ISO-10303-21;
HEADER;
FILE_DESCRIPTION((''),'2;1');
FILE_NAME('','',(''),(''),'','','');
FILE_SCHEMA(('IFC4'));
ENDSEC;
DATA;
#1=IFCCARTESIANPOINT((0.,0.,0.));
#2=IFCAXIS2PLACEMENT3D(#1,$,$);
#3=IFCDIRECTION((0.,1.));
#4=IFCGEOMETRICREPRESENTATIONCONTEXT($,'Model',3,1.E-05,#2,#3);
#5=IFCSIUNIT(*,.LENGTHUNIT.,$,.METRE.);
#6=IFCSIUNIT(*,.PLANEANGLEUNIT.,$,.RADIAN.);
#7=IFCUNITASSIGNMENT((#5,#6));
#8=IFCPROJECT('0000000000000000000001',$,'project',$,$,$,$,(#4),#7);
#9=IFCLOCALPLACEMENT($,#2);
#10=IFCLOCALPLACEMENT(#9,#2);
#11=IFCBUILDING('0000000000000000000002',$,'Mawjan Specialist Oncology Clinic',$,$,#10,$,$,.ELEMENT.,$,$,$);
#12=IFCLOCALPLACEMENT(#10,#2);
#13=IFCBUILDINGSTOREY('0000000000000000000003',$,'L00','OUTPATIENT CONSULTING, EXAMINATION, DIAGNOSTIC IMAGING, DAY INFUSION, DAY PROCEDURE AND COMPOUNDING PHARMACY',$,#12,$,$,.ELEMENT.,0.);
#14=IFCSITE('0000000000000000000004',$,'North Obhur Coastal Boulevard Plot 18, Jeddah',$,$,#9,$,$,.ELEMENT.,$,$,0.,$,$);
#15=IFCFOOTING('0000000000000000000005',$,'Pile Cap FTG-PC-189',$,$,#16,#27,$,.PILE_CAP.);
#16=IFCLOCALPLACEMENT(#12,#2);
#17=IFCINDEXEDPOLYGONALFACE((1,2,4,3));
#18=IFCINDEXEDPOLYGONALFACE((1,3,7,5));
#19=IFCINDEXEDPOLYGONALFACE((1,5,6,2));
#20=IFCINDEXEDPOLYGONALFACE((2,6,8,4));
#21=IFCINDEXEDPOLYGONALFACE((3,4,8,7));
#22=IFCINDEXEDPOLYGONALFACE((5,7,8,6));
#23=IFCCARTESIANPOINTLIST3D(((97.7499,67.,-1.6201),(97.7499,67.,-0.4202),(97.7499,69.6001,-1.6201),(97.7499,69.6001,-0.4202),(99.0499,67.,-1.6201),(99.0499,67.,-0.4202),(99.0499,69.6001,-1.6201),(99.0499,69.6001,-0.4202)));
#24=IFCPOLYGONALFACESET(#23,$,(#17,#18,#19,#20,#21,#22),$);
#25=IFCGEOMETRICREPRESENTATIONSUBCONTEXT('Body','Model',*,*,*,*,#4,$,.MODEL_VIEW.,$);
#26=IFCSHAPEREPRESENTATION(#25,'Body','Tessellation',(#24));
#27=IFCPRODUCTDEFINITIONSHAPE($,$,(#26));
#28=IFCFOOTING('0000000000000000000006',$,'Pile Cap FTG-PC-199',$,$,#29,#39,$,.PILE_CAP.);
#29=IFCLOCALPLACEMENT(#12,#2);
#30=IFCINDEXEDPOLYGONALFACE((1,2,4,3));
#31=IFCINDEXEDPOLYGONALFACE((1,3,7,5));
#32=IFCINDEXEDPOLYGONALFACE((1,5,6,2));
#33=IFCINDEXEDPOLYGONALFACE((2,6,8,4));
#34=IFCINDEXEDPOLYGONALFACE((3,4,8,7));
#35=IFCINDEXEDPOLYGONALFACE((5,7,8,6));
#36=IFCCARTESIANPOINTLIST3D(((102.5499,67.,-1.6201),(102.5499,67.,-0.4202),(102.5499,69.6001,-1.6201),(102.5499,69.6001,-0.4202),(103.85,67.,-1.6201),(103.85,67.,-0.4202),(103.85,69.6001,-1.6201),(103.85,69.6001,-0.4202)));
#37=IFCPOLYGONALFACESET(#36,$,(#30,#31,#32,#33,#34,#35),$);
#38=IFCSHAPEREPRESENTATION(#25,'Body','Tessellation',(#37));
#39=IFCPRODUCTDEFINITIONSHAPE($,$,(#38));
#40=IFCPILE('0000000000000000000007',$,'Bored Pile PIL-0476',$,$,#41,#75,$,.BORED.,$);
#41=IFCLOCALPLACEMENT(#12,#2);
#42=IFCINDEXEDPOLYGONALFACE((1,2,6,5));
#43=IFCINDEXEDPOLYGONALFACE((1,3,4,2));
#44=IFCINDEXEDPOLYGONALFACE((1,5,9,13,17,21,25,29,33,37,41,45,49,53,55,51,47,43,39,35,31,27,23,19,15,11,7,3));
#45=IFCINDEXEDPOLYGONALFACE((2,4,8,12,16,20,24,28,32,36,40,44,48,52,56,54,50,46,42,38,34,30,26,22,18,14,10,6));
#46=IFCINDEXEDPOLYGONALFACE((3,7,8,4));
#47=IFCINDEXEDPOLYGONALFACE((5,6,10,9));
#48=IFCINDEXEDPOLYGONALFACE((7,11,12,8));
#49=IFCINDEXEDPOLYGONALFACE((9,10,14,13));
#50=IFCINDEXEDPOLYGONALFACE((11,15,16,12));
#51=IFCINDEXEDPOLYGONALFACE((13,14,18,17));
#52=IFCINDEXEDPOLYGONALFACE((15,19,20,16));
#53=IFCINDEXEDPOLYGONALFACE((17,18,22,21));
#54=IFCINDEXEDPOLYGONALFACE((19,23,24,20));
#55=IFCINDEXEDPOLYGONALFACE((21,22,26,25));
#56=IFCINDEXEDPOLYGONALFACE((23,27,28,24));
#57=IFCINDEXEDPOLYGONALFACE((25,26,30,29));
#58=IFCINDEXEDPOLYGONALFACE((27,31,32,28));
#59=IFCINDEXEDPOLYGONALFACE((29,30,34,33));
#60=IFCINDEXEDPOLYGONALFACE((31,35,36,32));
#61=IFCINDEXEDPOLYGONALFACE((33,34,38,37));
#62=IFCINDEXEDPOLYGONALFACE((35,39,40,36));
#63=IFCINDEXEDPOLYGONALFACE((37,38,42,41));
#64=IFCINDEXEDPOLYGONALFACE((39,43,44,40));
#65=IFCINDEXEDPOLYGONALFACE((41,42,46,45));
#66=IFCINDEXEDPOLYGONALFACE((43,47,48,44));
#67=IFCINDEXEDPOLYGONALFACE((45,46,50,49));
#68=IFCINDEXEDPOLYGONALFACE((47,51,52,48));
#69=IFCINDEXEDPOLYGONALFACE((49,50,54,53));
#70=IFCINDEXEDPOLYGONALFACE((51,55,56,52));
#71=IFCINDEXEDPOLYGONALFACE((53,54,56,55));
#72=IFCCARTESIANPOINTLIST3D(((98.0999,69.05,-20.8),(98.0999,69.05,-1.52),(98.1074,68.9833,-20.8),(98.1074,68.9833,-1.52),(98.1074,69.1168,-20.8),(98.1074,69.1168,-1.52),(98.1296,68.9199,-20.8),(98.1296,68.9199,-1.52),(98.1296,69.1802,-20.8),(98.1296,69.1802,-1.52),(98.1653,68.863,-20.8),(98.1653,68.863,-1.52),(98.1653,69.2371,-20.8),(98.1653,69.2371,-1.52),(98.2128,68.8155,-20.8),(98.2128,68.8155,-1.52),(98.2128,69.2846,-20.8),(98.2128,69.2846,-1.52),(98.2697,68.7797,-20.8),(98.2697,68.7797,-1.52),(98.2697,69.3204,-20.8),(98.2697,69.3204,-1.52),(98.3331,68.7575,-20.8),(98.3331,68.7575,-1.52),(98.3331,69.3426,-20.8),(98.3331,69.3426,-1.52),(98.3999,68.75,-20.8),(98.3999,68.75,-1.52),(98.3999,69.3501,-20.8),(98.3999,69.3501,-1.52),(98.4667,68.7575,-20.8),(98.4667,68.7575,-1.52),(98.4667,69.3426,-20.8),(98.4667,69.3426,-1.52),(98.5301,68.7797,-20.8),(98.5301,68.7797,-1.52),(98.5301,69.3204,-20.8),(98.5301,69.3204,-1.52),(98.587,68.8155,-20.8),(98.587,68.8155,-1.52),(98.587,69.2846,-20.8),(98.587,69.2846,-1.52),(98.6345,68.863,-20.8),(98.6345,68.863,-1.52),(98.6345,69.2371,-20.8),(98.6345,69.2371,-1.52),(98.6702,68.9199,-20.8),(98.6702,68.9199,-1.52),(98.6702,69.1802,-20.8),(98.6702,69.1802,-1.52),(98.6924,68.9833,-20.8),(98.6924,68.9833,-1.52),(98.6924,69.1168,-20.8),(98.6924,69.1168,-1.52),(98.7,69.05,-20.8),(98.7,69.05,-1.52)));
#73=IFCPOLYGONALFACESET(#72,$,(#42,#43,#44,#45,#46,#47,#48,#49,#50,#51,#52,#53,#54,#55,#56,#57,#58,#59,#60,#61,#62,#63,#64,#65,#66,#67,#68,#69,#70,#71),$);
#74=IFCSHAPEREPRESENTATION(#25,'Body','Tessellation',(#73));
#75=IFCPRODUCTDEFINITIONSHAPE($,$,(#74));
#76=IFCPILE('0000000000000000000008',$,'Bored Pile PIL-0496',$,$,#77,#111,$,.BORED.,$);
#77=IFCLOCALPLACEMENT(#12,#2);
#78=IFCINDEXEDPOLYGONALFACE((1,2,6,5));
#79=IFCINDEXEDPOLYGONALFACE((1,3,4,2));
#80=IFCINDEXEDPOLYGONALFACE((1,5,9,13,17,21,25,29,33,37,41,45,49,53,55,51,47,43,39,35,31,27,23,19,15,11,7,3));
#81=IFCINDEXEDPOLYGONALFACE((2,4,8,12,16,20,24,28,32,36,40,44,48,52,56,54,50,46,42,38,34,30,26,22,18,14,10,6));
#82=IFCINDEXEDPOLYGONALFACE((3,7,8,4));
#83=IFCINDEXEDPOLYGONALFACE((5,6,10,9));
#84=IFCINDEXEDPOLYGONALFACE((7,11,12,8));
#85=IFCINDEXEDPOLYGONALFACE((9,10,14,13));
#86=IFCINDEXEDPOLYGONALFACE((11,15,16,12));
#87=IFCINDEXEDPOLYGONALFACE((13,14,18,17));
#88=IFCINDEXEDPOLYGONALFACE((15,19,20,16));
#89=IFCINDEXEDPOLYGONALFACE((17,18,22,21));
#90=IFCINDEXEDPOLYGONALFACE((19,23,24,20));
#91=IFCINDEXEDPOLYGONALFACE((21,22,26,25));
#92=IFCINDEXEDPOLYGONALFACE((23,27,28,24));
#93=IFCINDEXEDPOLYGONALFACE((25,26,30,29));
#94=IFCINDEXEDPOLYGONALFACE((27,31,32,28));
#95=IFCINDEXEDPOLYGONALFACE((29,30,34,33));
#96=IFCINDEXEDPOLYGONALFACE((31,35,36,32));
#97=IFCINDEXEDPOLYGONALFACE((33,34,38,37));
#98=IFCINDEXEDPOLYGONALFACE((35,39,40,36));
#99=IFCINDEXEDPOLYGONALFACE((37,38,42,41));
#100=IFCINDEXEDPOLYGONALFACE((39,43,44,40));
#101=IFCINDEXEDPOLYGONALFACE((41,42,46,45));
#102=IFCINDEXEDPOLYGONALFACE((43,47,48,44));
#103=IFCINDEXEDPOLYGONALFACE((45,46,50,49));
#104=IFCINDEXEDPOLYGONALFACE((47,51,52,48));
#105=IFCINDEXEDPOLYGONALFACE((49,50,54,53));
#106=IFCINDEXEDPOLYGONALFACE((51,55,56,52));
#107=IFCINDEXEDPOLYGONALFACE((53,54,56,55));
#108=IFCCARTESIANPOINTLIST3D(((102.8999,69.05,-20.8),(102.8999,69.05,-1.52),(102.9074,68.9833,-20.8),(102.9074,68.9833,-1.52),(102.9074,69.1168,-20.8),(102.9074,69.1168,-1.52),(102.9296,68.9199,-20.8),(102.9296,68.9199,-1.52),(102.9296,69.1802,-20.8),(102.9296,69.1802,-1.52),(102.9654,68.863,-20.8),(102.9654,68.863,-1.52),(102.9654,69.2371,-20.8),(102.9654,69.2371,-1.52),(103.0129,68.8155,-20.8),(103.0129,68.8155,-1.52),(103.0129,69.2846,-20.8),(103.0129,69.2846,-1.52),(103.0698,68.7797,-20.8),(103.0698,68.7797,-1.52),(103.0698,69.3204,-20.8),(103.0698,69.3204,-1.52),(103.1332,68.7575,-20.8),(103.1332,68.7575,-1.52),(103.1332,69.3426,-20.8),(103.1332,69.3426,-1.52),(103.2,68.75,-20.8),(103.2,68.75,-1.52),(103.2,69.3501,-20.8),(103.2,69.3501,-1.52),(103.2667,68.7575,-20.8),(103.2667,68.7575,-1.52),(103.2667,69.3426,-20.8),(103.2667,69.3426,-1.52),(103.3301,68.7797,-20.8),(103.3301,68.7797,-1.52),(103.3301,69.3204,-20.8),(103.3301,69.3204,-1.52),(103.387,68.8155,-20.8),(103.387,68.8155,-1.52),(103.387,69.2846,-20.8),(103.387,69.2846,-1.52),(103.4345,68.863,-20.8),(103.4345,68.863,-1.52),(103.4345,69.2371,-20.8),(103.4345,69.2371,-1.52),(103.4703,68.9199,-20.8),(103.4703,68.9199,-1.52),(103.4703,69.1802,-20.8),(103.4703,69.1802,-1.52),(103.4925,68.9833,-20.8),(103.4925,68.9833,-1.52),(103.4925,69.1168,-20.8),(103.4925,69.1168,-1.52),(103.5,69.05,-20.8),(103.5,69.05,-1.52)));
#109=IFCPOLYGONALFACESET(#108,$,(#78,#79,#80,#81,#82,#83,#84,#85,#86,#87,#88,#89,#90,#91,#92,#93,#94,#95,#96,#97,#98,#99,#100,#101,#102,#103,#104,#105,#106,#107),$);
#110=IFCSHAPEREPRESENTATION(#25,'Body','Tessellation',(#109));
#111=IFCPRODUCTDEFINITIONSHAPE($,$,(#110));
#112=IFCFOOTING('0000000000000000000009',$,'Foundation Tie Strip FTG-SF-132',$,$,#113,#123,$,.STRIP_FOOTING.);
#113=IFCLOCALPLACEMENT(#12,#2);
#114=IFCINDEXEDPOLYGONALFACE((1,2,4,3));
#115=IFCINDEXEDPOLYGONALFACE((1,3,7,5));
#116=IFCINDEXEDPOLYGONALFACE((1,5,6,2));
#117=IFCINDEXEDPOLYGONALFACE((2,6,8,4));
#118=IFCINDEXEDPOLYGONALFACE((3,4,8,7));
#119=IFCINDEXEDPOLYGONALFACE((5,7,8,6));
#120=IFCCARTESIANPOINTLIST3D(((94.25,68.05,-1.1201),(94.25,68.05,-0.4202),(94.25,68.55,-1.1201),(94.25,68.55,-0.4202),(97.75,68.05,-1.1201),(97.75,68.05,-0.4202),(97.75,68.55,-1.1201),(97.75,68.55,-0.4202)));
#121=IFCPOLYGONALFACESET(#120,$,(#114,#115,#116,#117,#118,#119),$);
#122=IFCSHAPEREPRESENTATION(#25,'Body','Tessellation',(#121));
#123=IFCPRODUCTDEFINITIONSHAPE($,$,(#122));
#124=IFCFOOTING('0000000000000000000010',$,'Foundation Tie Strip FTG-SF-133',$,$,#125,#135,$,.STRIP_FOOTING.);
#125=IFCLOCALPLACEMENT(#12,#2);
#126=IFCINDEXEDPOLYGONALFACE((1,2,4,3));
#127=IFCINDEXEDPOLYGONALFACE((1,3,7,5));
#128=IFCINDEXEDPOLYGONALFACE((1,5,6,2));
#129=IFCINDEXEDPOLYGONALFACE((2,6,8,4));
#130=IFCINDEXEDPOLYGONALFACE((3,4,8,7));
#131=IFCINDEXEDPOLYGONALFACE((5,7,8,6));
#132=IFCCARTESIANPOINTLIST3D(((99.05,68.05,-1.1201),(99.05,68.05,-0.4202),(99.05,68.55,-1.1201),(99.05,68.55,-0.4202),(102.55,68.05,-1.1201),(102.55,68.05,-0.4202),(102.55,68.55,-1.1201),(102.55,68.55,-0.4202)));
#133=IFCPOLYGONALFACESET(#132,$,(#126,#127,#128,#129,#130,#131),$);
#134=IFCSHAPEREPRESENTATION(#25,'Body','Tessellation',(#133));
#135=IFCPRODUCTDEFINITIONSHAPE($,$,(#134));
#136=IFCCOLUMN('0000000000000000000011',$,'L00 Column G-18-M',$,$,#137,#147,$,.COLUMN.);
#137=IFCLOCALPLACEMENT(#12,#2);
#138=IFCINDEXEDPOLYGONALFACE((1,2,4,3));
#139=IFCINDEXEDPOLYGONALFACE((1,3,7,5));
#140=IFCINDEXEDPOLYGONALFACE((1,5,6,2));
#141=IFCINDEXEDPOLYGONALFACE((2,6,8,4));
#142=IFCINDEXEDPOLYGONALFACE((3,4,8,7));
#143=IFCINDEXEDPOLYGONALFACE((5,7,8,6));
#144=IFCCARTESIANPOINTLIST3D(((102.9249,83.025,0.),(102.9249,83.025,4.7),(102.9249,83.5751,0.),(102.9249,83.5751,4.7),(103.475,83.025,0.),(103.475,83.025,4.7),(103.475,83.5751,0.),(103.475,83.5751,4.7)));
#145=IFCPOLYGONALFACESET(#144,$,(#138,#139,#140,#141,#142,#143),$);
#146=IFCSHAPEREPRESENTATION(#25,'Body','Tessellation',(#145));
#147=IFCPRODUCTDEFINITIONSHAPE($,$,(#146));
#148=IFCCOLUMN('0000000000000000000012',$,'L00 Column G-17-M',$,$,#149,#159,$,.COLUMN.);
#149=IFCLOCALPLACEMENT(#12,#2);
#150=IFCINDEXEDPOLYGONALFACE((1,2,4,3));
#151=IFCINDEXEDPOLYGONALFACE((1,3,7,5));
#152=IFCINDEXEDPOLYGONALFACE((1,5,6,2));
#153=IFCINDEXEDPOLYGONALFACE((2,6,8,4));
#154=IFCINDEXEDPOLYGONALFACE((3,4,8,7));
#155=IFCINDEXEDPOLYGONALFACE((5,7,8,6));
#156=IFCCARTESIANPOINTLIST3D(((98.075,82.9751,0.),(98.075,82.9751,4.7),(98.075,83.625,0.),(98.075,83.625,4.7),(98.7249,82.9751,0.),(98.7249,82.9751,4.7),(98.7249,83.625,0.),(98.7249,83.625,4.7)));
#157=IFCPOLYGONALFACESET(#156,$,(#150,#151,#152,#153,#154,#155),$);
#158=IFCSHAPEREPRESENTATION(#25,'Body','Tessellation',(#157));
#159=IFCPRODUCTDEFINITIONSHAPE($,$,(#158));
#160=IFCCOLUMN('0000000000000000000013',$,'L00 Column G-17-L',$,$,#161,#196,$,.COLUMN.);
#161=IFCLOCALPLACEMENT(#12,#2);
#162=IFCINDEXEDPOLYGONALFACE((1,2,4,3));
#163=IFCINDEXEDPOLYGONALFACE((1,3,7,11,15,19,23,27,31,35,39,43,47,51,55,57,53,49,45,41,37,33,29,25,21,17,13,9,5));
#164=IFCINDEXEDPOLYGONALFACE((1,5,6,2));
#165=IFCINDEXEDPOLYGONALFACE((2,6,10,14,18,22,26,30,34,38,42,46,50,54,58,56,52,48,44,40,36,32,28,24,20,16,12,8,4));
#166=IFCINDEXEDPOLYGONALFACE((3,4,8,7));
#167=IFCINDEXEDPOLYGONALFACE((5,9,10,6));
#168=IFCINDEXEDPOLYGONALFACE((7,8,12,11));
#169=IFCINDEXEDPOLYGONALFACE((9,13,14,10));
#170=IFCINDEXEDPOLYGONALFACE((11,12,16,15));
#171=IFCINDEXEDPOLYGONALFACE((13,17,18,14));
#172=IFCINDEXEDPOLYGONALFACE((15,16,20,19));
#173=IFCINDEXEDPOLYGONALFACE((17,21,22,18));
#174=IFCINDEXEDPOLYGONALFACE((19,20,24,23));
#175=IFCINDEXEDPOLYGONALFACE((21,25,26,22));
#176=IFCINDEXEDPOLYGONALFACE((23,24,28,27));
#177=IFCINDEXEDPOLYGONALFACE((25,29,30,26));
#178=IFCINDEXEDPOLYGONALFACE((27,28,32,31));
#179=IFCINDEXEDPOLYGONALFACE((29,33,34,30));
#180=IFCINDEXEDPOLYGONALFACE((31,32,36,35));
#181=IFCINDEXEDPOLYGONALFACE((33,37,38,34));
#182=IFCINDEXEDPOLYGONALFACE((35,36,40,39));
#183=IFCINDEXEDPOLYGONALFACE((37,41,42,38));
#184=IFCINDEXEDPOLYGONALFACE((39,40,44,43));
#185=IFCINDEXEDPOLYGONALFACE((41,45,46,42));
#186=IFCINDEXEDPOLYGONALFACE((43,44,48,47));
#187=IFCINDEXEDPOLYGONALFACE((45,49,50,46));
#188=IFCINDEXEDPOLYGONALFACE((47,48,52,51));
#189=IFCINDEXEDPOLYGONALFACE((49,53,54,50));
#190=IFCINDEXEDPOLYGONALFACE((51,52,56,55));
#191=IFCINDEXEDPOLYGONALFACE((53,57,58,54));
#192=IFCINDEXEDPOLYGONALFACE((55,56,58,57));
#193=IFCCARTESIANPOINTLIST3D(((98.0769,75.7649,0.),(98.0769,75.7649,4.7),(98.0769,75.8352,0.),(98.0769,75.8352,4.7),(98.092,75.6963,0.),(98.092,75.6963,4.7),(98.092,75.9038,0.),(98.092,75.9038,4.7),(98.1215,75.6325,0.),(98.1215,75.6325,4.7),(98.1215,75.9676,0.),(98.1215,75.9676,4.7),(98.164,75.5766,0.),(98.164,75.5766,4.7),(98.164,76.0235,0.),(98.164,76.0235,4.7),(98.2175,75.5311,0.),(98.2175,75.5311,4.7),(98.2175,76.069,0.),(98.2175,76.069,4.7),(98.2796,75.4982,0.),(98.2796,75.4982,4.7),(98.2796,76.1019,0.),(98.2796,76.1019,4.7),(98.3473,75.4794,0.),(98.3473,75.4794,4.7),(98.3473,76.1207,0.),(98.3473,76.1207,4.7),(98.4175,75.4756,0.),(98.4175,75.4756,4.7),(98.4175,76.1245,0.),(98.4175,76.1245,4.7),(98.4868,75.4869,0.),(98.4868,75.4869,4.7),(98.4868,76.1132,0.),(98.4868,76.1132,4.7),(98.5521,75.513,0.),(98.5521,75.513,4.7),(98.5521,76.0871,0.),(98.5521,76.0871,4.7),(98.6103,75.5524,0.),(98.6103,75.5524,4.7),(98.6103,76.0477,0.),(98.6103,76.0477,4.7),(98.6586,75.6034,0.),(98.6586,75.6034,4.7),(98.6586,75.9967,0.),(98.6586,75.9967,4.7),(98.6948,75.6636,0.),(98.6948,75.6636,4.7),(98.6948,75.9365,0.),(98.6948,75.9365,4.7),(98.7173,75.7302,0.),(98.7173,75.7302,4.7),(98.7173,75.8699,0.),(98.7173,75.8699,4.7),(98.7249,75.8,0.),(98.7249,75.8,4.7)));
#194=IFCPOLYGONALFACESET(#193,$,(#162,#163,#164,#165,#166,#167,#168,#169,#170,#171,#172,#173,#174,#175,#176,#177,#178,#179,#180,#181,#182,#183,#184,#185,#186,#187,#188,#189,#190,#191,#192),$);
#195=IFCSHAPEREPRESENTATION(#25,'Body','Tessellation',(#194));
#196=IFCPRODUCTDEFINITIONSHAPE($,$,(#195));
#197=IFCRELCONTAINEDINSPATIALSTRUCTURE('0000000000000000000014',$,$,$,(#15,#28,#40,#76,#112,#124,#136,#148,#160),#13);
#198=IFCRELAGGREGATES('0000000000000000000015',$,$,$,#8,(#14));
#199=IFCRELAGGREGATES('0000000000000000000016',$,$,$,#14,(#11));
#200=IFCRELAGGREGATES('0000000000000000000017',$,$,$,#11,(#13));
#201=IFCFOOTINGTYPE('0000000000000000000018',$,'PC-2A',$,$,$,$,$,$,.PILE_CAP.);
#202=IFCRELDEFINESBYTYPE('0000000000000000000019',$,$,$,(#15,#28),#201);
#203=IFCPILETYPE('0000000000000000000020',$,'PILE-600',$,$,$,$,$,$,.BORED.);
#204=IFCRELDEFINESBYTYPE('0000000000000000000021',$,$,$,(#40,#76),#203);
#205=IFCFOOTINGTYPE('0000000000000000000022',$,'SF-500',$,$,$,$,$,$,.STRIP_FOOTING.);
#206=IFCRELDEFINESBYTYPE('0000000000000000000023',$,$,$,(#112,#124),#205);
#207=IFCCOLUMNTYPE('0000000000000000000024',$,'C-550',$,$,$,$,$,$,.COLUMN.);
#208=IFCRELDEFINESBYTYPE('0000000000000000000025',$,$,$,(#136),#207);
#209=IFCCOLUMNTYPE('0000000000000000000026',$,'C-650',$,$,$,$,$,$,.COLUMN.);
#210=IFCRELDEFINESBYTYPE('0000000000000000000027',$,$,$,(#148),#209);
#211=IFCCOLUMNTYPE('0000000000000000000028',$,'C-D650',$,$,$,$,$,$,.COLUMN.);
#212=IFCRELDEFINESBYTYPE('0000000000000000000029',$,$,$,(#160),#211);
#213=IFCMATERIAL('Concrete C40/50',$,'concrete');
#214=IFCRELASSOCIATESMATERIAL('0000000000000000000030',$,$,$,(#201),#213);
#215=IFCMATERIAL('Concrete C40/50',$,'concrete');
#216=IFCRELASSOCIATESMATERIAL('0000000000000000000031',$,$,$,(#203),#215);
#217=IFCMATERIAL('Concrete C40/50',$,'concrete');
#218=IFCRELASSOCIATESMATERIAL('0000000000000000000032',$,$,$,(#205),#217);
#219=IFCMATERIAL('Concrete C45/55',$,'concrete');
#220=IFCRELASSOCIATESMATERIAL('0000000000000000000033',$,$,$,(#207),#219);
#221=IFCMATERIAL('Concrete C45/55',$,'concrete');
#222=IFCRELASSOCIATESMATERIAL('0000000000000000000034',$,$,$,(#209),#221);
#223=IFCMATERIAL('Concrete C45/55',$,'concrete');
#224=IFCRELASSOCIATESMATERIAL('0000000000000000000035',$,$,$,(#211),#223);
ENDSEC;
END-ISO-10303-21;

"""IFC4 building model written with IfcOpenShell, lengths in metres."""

from ifc_helpers import new_model, si_unit, direction, frame, origin, origin_2d, place, context, subcontext, project, spatial, rectangle, circle, extrude, material, material_profile, profile_set, type_object, element, save


model = new_model("IFC4")

# Units and contexts
model_context = context("Model", 3, precision=1e-05, world=origin(), true_north=direction((0.0, 1.0)))
body_context = subcontext(model_context, "Body", "Model", "MODEL_VIEW")
ifc_project = project(units=[si_unit("LENGTHUNIT", "METRE"), si_unit("PLANEANGLEUNIT", "RADIAN")], contexts=[model_context])

# Site, building, storey
site_placement = place(None, origin())
site = spatial("IfcSite", under=ifc_project, at=site_placement, Name="North Obhur Coastal Boulevard Plot 18, Jeddah", CompositionType="ELEMENT", RefElevation=0.0)
building_placement = place(site_placement, origin())
building = spatial("IfcBuilding", under=site, at=building_placement, Name="Mawjan Specialist Oncology Clinic", CompositionType="ELEMENT")
storey_placement = place(building_placement, origin())
storey = spatial("IfcBuildingStorey", under=building, at=storey_placement, Name="L00", Description="OUTPATIENT CONSULTING, EXAMINATION, DIAGNOSTIC IMAGING, DAY INFUSION, DAY PROCEDURE AND COMPOUNDING PHARMACY", CompositionType="ELEMENT", Elevation=0.0)

# Footings
ifc_material_1 = material(Name="Concrete C40/50", Category="concrete")
footing_type_1 = type_object("IfcFootingType", Name="PC-2A", PredefinedType="PILE_CAP", material=ifc_material_1)
for number, where, z_axis, x_axis, name in (
    (1, (98.3999, 68.3, -1.6201), (0.0, 0.0, 1.0), (0.0, 1.0, 0.0), "Pile Cap FTG-PC-189"),
    (2, (103.2, 68.3, -1.6201), (0.0, 0.0, 1.0), (0.0, 1.0, 0.0), "Pile Cap FTG-PC-199"),
):
    element("IfcFooting", number, at=place(storey_placement, frame(where, z_axis=z_axis, x_axis=x_axis)), inside=storey, type_object=footing_type_1, Name=name, PredefinedType="PILE_CAP", context=body_context, shape_type="SweptSolid", body=[
        extrude(rectangle(XDim=2.6001, YDim=1.3, at=origin_2d()), origin(), (0.0, 0.0, 1.0), 1.2),
    ])

# Piles
ifc_material_2 = material(Name="Concrete C40/50", Category="concrete")
ifc_material_profile_1 = material_profile(ifc_material_2, circle(Radius=0.3, at=origin_2d()), Name="BORED PILE D600", Category="concrete")
ifc_profile_set_1 = profile_set([ifc_material_profile_1], Name="Concrete C40/50")
pile_type = type_object("IfcPileType", Name="PILE-600", PredefinedType="BORED", material=ifc_profile_set_1)
for number, where, z_axis, x_axis, name in (
    (3, (98.3999, 69.05, -1.52), (0.0, 0.0, -1.0), (1.0, 0.0, 0.0), "Bored Pile PIL-0476"),
    (4, (103.2, 69.05, -1.52), (0.0, 0.0, -1.0), (1.0, 0.0, 0.0), "Bored Pile PIL-0496"),
):
    element("IfcPile", number, at=place(storey_placement, frame(where, z_axis=z_axis, x_axis=x_axis)), inside=storey, type_object=pile_type, Name=name, PredefinedType="BORED", context=body_context, shape_type="SweptSolid", body=[
        extrude(circle(Radius=0.3, at=origin_2d()), origin(), (0.0, 0.0, 1.0), 19.28),
    ])

# Footings
ifc_material_3 = material(Name="Concrete C40/50", Category="concrete")
footing_type_2 = type_object("IfcFootingType", Name="SF-500", PredefinedType="STRIP_FOOTING", material=ifc_material_3)
for number, where, z_axis, x_axis, name in (
    (5, (96.0, 68.3, -1.1201), (0.0, 0.0, 1.0), (1.0, 0.0, 0.0), "Foundation Tie Strip FTG-SF-132"),
    (6, (100.8, 68.3, -1.1201), (0.0, 0.0, 1.0), (1.0, 0.0, 0.0), "Foundation Tie Strip FTG-SF-133"),
):
    element("IfcFooting", number, at=place(storey_placement, frame(where, z_axis=z_axis, x_axis=x_axis)), inside=storey, type_object=footing_type_2, Name=name, PredefinedType="STRIP_FOOTING", context=body_context, shape_type="SweptSolid", body=[
        extrude(rectangle(XDim=3.5, YDim=0.5, at=origin_2d()), origin(), (0.0, 0.0, 1.0), 0.7),
    ])

# Columns
ifc_material_4 = material(Name="Concrete C45/55", Category="concrete")
ifc_material_profile_2 = material_profile(ifc_material_4, rectangle(XDim=0.55, YDim=0.55, at=origin_2d()), Name="RC COL 550x550", Category="concrete")
ifc_profile_set_2 = profile_set([ifc_material_profile_2], Name="Concrete C45/55")
column_type_1 = type_object("IfcColumnType", Name="C-550", PredefinedType="COLUMN", material=ifc_profile_set_2)
column_1_placement = place(storey_placement, frame((103.2, 83.3, 0.0), z_axis=(0.0, 0.0, 1.0), x_axis=(1.0, 0.0, 0.0)))
element("IfcColumn", 7, at=column_1_placement, inside=storey, type_object=column_type_1, Name="L00 Column G-18-M", PredefinedType="COLUMN", context=body_context, shape_type="SweptSolid", body=[
    extrude(rectangle(XDim=0.55, YDim=0.55, at=origin_2d()), origin(), (0.0, 0.0, 1.0), 4.7),
])
ifc_material_5 = material(Name="Concrete C45/55", Category="concrete")
ifc_material_profile_3 = material_profile(ifc_material_5, rectangle(XDim=0.6499, YDim=0.6499, at=origin_2d()), Name="RC COL 650x650", Category="concrete")
ifc_profile_set_3 = profile_set([ifc_material_profile_3], Name="Concrete C45/55")
column_type_2 = type_object("IfcColumnType", Name="C-650", PredefinedType="COLUMN", material=ifc_profile_set_3)
column_2_placement = place(storey_placement, frame((98.3999, 83.3, 0.0), z_axis=(0.0, 0.0, 1.0), x_axis=(1.0, 0.0, 0.0)))
element("IfcColumn", 8, at=column_2_placement, inside=storey, type_object=column_type_2, Name="L00 Column G-17-M", PredefinedType="COLUMN", context=body_context, shape_type="SweptSolid", body=[
    extrude(rectangle(XDim=0.6499, YDim=0.6499, at=origin_2d()), origin(), (0.0, 0.0, 1.0), 4.7),
])
ifc_material_6 = material(Name="Concrete C45/55", Category="concrete")
ifc_material_profile_4 = material_profile(ifc_material_6, circle(Radius=0.325, at=origin_2d()), Name="RC COL D650", Category="concrete")
ifc_profile_set_4 = profile_set([ifc_material_profile_4], Name="Concrete C45/55")
column_type_3 = type_object("IfcColumnType", Name="C-D650", PredefinedType="COLUMN", material=ifc_profile_set_4)
for number, where, z_axis, x_axis, name in (
    (9, (98.3999, 75.8, 0.0), (0.0, 0.0, 1.0), (1.0, 0.0, 0.0), "L00 Column G-17-L"),
):
    element("IfcColumn", number, at=place(storey_placement, frame(where, z_axis=z_axis, x_axis=x_axis)), inside=storey, type_object=column_type_3, Name=name, PredefinedType="COLUMN", context=body_context, shape_type="SweptSolid", body=[
        extrude(circle(Radius=0.325, at=origin_2d()), origin(), (0.0, 0.0, 1.0), 4.7),
    ])

save(model, "model.ifc")
